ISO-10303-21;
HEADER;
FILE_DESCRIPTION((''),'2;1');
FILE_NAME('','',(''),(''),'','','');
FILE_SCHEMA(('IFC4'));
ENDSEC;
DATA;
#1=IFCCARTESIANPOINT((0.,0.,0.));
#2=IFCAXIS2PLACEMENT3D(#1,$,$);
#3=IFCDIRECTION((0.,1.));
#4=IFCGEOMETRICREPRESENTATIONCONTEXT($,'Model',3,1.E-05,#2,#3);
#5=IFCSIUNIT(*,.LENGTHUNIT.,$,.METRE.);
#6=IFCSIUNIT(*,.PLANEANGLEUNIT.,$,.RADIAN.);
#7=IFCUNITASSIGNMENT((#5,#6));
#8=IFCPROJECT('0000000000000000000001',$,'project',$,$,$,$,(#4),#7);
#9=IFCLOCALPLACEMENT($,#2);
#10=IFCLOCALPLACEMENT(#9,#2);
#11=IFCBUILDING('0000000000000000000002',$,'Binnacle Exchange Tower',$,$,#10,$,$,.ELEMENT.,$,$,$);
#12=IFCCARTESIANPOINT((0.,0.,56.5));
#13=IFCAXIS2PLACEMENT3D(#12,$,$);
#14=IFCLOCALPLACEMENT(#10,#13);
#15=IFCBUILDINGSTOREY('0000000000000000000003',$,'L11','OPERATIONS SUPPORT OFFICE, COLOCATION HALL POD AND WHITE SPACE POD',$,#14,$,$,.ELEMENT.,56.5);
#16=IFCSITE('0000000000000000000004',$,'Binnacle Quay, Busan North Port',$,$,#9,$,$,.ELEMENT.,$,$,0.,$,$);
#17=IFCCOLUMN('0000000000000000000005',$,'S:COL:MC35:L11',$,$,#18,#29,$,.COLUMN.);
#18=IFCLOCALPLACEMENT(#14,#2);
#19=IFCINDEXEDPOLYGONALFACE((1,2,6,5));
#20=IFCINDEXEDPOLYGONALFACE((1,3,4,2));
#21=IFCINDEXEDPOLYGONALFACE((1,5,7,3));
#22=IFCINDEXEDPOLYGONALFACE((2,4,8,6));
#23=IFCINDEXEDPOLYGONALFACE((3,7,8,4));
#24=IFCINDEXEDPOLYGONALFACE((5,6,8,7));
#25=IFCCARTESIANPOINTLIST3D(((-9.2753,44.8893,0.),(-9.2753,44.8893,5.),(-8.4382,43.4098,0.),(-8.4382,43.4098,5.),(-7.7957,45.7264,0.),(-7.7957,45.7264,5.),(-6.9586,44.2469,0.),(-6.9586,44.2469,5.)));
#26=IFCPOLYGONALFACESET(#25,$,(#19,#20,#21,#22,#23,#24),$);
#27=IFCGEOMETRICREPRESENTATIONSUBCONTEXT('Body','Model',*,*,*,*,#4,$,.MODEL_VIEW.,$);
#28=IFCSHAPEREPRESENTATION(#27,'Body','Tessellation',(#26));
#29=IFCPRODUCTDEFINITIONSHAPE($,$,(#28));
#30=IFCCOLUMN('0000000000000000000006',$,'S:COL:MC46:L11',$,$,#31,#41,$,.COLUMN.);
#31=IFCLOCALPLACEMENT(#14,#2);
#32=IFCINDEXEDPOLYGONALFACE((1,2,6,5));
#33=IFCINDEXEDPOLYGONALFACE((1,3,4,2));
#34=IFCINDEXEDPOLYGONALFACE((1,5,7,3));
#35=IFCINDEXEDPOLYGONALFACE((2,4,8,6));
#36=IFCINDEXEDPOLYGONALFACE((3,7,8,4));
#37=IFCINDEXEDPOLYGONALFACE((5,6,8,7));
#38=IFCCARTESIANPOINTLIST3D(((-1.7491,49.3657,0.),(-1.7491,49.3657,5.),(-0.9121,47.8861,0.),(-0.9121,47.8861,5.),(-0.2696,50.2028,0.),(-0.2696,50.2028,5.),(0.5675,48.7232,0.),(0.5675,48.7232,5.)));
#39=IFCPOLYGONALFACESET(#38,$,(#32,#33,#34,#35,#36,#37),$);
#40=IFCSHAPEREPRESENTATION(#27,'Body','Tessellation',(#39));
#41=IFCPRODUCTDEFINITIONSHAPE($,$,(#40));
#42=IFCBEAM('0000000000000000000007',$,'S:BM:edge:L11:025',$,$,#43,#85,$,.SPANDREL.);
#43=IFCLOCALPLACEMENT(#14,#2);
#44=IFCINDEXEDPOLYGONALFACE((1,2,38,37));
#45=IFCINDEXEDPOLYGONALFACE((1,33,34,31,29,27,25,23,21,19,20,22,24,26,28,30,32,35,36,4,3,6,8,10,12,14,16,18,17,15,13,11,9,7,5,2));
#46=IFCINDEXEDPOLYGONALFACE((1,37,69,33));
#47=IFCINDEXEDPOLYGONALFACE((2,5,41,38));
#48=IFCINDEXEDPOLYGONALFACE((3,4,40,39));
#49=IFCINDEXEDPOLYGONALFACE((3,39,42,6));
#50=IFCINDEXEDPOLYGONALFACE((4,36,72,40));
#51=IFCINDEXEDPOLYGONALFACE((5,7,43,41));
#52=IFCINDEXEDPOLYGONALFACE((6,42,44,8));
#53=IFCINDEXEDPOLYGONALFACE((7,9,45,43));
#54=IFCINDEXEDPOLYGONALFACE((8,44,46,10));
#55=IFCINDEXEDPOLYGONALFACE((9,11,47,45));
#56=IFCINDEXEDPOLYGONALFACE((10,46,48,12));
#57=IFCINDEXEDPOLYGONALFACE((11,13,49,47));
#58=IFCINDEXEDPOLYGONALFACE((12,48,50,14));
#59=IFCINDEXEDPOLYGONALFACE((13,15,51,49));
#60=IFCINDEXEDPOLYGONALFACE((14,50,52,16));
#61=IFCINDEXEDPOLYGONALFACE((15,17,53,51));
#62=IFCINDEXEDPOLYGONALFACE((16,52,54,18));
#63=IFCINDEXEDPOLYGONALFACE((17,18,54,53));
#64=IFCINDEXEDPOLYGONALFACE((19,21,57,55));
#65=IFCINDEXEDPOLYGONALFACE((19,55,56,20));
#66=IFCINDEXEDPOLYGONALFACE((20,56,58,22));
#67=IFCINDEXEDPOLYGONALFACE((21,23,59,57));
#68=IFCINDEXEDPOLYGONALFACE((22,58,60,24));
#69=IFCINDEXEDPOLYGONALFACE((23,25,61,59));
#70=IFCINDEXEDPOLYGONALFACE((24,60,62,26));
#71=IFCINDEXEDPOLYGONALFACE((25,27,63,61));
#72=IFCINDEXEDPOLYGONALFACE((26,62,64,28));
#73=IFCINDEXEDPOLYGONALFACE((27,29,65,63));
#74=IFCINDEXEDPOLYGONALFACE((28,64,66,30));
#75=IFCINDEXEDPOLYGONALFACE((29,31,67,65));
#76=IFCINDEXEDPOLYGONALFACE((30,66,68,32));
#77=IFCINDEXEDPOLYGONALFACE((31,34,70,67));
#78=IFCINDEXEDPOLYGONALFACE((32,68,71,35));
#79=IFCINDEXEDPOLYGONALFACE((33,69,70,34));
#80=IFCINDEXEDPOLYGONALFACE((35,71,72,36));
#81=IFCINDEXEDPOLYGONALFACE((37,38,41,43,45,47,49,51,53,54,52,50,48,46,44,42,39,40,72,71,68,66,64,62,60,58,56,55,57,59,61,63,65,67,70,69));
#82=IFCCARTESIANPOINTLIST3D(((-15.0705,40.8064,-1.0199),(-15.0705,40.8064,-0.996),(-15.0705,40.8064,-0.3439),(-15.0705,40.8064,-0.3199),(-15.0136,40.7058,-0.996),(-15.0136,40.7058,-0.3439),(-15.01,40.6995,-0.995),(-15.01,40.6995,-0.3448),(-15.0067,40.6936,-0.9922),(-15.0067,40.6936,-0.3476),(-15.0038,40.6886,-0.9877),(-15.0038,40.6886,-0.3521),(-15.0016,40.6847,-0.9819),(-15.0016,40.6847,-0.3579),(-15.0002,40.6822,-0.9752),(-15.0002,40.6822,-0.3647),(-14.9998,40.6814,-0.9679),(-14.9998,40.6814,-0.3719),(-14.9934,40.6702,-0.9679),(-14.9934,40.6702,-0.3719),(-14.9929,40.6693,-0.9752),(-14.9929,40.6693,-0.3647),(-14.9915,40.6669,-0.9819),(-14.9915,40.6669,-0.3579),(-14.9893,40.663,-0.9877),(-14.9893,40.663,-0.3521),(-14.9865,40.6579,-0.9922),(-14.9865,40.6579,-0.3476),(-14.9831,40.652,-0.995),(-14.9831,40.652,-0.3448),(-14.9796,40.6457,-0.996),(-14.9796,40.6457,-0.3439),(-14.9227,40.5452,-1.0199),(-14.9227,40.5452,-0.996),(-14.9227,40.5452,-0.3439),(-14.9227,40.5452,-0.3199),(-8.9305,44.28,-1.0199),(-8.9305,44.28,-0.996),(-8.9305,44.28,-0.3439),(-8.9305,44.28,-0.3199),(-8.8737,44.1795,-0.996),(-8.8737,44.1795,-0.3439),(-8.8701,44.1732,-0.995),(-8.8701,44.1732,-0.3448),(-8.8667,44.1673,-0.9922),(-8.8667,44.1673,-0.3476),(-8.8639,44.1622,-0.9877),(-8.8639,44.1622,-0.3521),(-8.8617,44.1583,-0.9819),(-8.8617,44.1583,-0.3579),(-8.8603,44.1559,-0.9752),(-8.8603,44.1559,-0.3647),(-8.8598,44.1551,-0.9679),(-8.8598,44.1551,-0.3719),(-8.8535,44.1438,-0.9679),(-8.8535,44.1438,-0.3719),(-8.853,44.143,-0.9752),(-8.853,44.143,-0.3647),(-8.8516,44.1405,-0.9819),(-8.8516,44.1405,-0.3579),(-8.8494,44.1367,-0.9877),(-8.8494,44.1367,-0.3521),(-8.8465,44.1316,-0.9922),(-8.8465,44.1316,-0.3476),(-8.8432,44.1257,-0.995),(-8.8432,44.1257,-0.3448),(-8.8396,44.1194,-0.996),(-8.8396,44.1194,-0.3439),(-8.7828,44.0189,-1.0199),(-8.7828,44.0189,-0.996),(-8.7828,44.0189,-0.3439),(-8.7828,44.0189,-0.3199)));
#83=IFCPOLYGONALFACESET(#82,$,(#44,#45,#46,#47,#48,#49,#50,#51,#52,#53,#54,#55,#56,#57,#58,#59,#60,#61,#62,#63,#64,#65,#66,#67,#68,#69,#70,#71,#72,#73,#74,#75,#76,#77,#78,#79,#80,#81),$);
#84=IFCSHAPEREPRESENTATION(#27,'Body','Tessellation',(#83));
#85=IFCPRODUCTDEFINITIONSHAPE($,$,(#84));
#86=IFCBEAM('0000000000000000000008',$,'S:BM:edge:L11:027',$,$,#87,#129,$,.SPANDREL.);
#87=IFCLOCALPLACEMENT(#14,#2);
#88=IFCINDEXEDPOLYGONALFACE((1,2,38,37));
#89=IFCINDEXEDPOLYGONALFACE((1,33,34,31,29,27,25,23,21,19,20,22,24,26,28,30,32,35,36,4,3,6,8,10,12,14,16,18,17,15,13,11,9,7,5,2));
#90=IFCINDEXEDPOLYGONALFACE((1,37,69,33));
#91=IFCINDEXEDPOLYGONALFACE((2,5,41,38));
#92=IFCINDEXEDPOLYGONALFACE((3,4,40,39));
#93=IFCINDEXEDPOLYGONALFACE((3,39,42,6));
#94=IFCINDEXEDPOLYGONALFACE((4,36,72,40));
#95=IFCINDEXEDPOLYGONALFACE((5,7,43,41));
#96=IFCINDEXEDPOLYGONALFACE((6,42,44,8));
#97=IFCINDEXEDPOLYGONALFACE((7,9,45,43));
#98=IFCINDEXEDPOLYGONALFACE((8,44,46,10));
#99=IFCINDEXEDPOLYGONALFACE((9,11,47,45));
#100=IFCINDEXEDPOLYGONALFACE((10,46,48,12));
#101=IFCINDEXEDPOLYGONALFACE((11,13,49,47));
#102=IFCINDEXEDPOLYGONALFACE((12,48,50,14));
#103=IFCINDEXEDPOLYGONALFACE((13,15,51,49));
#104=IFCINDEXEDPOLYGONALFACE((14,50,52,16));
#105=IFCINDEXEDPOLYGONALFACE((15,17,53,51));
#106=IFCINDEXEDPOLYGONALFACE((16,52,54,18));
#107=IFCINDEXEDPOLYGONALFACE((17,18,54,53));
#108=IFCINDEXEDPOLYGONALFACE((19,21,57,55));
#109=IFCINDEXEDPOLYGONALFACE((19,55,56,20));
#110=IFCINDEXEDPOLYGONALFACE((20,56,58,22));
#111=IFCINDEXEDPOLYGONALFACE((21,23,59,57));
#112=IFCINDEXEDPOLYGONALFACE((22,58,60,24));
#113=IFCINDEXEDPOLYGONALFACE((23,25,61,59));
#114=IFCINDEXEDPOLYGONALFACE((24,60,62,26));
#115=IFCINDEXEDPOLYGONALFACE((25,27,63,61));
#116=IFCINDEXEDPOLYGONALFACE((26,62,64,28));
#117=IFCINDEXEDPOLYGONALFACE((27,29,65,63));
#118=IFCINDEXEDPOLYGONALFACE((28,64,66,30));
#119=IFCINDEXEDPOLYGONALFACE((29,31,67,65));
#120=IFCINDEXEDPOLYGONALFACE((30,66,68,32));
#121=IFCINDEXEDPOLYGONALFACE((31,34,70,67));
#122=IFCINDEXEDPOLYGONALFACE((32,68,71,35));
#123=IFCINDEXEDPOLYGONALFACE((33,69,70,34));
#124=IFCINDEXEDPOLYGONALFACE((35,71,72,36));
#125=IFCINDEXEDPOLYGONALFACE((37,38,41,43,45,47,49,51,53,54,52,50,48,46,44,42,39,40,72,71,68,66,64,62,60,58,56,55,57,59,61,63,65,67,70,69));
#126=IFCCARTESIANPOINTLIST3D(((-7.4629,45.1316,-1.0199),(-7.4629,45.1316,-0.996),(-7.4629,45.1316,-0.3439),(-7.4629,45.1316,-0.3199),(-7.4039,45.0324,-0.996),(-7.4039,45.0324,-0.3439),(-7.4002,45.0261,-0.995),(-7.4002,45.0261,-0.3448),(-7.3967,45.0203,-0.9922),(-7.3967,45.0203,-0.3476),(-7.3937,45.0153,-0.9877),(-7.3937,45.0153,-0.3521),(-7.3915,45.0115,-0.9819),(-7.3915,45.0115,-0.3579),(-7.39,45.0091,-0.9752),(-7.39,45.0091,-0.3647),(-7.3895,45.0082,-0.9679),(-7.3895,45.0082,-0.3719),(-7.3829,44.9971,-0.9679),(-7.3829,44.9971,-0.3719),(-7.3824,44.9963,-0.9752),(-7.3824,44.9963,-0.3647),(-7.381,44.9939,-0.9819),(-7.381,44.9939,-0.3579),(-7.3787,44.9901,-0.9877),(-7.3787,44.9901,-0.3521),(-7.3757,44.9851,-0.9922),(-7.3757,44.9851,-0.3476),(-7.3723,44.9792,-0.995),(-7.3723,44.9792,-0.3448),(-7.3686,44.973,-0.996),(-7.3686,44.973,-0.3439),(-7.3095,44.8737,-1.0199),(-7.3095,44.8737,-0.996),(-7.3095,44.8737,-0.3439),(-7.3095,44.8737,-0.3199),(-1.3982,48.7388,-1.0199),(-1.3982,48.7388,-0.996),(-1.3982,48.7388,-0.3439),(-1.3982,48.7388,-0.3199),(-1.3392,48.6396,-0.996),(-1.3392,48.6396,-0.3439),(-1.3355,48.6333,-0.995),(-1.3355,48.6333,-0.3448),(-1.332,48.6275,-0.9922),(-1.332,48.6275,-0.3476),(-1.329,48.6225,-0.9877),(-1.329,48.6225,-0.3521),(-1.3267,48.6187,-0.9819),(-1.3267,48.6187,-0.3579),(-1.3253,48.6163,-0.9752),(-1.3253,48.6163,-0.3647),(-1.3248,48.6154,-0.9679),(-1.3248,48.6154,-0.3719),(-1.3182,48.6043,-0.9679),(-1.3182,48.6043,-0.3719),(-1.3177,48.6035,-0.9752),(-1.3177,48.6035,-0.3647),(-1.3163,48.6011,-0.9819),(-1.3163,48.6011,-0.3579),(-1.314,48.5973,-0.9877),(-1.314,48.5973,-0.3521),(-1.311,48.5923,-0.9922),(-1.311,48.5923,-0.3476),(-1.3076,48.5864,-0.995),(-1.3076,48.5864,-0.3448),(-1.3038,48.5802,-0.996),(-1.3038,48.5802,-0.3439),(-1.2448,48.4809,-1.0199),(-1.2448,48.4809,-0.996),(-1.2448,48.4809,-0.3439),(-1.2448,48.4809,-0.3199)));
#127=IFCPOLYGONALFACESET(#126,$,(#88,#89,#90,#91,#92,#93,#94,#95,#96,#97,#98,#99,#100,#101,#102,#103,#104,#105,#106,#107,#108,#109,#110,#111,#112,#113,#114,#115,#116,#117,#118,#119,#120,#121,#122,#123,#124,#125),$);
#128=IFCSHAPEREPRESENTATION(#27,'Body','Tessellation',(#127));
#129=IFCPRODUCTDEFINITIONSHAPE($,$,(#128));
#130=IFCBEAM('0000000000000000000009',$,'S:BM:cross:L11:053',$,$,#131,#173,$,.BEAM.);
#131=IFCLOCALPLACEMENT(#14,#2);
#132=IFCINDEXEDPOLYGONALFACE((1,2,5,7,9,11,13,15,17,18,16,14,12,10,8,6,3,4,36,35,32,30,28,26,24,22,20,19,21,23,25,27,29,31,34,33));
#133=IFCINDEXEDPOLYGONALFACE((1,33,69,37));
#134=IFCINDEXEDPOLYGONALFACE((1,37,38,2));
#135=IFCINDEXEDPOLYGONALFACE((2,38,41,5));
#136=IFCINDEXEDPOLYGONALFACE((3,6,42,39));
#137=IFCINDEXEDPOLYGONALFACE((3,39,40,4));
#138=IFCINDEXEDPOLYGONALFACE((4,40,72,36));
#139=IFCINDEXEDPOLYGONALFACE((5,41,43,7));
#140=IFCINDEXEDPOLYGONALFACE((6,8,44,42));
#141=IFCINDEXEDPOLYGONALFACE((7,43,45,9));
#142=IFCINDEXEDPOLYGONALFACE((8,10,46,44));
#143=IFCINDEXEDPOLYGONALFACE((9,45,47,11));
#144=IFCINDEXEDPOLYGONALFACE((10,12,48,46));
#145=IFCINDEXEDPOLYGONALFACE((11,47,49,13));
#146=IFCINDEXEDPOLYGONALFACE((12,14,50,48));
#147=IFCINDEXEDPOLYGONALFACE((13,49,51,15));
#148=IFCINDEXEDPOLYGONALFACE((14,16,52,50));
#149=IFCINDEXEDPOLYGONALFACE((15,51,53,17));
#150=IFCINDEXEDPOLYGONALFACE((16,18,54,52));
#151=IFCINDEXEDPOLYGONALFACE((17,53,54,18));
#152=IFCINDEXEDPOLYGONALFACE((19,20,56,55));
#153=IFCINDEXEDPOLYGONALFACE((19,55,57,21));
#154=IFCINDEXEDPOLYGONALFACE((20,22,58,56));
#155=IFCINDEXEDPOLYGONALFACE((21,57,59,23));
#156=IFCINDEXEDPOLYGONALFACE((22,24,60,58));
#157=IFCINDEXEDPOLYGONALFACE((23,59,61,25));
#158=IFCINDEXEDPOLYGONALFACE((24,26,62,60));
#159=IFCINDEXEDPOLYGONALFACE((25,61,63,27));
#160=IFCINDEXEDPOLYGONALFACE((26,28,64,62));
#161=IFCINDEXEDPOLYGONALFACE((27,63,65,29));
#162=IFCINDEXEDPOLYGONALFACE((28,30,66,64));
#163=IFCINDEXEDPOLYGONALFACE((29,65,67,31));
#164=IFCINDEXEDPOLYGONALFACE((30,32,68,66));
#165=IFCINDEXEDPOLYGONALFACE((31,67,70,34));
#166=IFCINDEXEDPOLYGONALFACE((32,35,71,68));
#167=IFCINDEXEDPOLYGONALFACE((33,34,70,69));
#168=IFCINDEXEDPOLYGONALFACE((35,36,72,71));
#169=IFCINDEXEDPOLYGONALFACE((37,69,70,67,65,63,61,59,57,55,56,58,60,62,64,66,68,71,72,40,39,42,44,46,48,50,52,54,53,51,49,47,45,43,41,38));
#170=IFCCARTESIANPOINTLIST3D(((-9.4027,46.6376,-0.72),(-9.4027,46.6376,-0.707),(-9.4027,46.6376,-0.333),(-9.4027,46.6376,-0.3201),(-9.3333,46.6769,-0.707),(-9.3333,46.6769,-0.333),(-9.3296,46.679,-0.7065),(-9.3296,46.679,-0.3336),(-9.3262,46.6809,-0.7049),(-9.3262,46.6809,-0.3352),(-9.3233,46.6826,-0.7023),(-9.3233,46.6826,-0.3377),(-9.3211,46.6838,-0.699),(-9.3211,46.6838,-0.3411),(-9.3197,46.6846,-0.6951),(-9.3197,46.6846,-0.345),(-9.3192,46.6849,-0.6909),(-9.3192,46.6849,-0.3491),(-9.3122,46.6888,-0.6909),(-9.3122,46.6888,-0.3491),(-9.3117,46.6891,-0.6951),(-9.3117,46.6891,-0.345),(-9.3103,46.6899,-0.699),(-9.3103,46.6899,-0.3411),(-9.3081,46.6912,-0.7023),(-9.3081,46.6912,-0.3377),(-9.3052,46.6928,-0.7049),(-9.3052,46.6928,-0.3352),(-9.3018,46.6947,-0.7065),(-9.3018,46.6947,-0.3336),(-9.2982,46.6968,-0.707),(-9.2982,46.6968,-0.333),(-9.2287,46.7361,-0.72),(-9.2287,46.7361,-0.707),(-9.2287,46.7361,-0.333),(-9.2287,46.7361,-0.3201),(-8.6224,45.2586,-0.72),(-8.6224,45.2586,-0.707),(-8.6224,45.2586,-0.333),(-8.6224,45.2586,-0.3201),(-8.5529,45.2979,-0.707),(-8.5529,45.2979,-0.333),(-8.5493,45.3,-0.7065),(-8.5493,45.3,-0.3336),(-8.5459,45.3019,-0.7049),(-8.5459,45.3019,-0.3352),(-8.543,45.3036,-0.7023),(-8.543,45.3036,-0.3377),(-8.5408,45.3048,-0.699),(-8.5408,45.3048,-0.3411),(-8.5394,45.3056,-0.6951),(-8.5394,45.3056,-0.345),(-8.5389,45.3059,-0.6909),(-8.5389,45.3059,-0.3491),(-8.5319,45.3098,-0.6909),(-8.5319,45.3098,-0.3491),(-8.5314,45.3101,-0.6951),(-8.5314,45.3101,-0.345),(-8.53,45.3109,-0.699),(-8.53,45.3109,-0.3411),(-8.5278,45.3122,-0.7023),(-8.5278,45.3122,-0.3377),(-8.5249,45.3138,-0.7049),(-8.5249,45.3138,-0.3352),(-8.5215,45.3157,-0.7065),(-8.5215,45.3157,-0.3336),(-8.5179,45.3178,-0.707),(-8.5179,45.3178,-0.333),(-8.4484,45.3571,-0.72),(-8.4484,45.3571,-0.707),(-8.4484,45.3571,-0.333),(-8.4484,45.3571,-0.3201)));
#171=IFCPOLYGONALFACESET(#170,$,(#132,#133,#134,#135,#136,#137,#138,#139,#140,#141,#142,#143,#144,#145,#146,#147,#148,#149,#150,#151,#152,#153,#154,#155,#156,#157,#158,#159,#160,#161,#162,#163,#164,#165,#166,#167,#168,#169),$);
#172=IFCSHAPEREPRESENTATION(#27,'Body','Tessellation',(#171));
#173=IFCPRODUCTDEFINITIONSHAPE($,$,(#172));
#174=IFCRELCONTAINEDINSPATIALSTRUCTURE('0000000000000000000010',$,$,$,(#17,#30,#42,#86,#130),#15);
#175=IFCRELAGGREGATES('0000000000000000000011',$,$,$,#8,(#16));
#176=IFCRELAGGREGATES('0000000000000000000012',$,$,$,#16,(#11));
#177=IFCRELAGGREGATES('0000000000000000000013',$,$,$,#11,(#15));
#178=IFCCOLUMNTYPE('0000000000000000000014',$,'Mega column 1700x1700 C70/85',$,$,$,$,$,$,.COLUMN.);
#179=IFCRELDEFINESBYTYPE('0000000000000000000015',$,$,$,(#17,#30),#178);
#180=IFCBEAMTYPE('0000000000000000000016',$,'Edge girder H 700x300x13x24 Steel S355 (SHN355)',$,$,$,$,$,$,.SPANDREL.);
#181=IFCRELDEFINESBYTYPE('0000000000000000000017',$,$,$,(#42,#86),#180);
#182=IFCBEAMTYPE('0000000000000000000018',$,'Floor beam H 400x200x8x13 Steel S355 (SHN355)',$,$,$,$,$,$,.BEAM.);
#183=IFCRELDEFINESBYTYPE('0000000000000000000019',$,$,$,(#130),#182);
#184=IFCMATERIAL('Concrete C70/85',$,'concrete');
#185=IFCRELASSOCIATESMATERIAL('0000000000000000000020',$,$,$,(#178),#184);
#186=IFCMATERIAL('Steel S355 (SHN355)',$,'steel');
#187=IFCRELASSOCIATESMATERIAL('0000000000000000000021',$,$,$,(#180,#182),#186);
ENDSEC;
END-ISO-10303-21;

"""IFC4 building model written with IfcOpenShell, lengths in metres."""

from ifc_helpers import new_model, si_unit, direction, frame, origin, origin_2d, place, context, subcontext, project, spatial, rectangle, i_section, extrude, material, material_profile, profile_set, type_object, element, save


model = new_model("IFC4")

# Units and contexts
model_context = context("Model", 3, precision=1e-05, world=origin(), true_north=direction((0.0, 1.0)))
body_context = subcontext(model_context, "Body", "Model", "MODEL_VIEW")
ifc_project = project(units=[si_unit("LENGTHUNIT", "METRE"), si_unit("PLANEANGLEUNIT", "RADIAN")], contexts=[model_context])

# Site, building, storey
site_placement = place(None, origin())
site = spatial("IfcSite", under=ifc_project, at=site_placement, Name="Binnacle Quay, Busan North Port", CompositionType="ELEMENT", RefElevation=0.0)
building_placement = place(site_placement, origin())
building = spatial("IfcBuilding", under=site, at=building_placement, Name="Binnacle Exchange Tower", CompositionType="ELEMENT")
storey_placement = place(building_placement, frame((0.0, 0.0, 56.5)))
storey = spatial("IfcBuildingStorey", under=building, at=storey_placement, Name="L11", Description="OPERATIONS SUPPORT OFFICE, COLOCATION HALL POD AND WHITE SPACE POD", CompositionType="ELEMENT", Elevation=56.5)

# Columns
ifc_material_1 = material(Name="Concrete C70/85", Category="concrete")
ifc_material_profile_1 = material_profile(ifc_material_1, rectangle(XDim=1.7, YDim=1.7, at=origin_2d()), Name="Mega column 1700x1700 C70/85")
ifc_profile_set_1 = profile_set([ifc_material_profile_1], Name="Concrete C70/85")
column_type = type_object("IfcColumnType", Name="Mega column 1700x1700 C70/85", PredefinedType="COLUMN", material=ifc_profile_set_1)
for number, where, z_axis, x_axis, name in (
    (1, (-8.1169, 44.5681, 0.0), (0.0, 0.0, 1.0), (0.870356, 0.492424, 0.0), "S:COL:MC35:L11"),
    (2, (-0.5908, 49.0444, 0.0), (0.0, 0.0, 1.0), (0.870356, 0.492424, 0.0), "S:COL:MC46:L11"),
):
    element("IfcColumn", number, at=place(storey_placement, frame(where, z_axis=z_axis, x_axis=x_axis)), inside=storey, type_object=column_type, Name=name, PredefinedType="COLUMN", context=body_context, shape_type="SweptSolid", body=[
        extrude(rectangle(XDim=1.7, YDim=1.7, at=origin_2d()), origin(), (0.0, 0.0, 1.0), 5.0),
    ])

# Beams
ifc_material_2 = material(Name="Steel S355 (SHN355)", Category="steel")
ifc_material_profile_2 = material_profile(ifc_material_2, i_section(OverallWidth=0.3, OverallDepth=0.7, WebThickness=0.0129, FlangeThickness=0.0239, FilletRadius=0.0281, at=origin_2d()), Name="H 700x300x13x24")
ifc_profile_set_2 = profile_set([ifc_material_profile_2], Name="Steel S355 (SHN355)")
beam_type_1 = type_object("IfcBeamType", Name="Edge girder H 700x300x13x24 Steel S355 (SHN355)", PredefinedType="SPANDREL", material=ifc_profile_set_2)
beam_1_placement = place(storey_placement, frame((-14.9966, 40.6758, -0.6699), z_axis=(0.870365, 0.492407, 0.0), x_axis=(-0.492407, 0.870365, 0.0)))
element("IfcBeam", 3, at=beam_1_placement, inside=storey, type_object=beam_type_1, Name="S:BM:edge:L11:025", PredefinedType="SPANDREL", context=body_context, shape_type="SweptSolid", body=[
    extrude(i_section(OverallWidth=0.3, OverallDepth=0.7, WebThickness=0.0129, FlangeThickness=0.0239, FilletRadius=0.0281, at=origin_2d()), origin(), (0.0, 0.0, 1.0), 7.0544),
])
beam_2_placement = place(storey_placement, frame((-7.3862, 45.0027, -0.6699), z_axis=(0.859465, 0.511195, 0.0), x_axis=(-0.511195, 0.859465, 0.0)))
element("IfcBeam", 4, at=beam_2_placement, inside=storey, type_object=beam_type_1, Name="S:BM:edge:L11:027", PredefinedType="SPANDREL", context=body_context, shape_type="SweptSolid", body=[
    extrude(i_section(OverallWidth=0.3, OverallDepth=0.7, WebThickness=0.0129, FlangeThickness=0.0239, FilletRadius=0.0281, at=origin_2d()), origin(), (0.0, 0.0, 1.0), 7.0564),
])
ifc_material_profile_3 = material_profile(ifc_material_2, i_section(OverallWidth=0.2, OverallDepth=0.3999, WebThickness=0.0081, FlangeThickness=0.0129, FilletRadius=0.0161, at=origin_2d()), Name="H 400x200x8x13")
ifc_profile_set_3 = profile_set([ifc_material_profile_3], Name="Steel S355 (SHN355)")
beam_type_2 = type_object("IfcBeamType", Name="Floor beam H 400x200x8x13 Steel S355 (SHN355)", PredefinedType="BEAM", material=ifc_profile_set_3)
beam_3_placement = place(storey_placement, frame((-8.5354, 45.3079, -0.52), z_axis=(-0.492484, 0.870322, 0.0), x_axis=(-0.870322, -0.492484, 0.0)))
element("IfcBeam", 5, at=beam_3_placement, inside=storey, type_object=beam_type_2, Name="S:BM:cross:L11:053", PredefinedType="BEAM", context=body_context, shape_type="SweptSolid", body=[
    extrude(i_section(OverallWidth=0.2, OverallDepth=0.3999, WebThickness=0.0081, FlangeThickness=0.0129, FilletRadius=0.0161, at=origin_2d()), origin(), (0.0, 0.0, 1.0), 1.5845),
])

save(model, "model.ifc")
